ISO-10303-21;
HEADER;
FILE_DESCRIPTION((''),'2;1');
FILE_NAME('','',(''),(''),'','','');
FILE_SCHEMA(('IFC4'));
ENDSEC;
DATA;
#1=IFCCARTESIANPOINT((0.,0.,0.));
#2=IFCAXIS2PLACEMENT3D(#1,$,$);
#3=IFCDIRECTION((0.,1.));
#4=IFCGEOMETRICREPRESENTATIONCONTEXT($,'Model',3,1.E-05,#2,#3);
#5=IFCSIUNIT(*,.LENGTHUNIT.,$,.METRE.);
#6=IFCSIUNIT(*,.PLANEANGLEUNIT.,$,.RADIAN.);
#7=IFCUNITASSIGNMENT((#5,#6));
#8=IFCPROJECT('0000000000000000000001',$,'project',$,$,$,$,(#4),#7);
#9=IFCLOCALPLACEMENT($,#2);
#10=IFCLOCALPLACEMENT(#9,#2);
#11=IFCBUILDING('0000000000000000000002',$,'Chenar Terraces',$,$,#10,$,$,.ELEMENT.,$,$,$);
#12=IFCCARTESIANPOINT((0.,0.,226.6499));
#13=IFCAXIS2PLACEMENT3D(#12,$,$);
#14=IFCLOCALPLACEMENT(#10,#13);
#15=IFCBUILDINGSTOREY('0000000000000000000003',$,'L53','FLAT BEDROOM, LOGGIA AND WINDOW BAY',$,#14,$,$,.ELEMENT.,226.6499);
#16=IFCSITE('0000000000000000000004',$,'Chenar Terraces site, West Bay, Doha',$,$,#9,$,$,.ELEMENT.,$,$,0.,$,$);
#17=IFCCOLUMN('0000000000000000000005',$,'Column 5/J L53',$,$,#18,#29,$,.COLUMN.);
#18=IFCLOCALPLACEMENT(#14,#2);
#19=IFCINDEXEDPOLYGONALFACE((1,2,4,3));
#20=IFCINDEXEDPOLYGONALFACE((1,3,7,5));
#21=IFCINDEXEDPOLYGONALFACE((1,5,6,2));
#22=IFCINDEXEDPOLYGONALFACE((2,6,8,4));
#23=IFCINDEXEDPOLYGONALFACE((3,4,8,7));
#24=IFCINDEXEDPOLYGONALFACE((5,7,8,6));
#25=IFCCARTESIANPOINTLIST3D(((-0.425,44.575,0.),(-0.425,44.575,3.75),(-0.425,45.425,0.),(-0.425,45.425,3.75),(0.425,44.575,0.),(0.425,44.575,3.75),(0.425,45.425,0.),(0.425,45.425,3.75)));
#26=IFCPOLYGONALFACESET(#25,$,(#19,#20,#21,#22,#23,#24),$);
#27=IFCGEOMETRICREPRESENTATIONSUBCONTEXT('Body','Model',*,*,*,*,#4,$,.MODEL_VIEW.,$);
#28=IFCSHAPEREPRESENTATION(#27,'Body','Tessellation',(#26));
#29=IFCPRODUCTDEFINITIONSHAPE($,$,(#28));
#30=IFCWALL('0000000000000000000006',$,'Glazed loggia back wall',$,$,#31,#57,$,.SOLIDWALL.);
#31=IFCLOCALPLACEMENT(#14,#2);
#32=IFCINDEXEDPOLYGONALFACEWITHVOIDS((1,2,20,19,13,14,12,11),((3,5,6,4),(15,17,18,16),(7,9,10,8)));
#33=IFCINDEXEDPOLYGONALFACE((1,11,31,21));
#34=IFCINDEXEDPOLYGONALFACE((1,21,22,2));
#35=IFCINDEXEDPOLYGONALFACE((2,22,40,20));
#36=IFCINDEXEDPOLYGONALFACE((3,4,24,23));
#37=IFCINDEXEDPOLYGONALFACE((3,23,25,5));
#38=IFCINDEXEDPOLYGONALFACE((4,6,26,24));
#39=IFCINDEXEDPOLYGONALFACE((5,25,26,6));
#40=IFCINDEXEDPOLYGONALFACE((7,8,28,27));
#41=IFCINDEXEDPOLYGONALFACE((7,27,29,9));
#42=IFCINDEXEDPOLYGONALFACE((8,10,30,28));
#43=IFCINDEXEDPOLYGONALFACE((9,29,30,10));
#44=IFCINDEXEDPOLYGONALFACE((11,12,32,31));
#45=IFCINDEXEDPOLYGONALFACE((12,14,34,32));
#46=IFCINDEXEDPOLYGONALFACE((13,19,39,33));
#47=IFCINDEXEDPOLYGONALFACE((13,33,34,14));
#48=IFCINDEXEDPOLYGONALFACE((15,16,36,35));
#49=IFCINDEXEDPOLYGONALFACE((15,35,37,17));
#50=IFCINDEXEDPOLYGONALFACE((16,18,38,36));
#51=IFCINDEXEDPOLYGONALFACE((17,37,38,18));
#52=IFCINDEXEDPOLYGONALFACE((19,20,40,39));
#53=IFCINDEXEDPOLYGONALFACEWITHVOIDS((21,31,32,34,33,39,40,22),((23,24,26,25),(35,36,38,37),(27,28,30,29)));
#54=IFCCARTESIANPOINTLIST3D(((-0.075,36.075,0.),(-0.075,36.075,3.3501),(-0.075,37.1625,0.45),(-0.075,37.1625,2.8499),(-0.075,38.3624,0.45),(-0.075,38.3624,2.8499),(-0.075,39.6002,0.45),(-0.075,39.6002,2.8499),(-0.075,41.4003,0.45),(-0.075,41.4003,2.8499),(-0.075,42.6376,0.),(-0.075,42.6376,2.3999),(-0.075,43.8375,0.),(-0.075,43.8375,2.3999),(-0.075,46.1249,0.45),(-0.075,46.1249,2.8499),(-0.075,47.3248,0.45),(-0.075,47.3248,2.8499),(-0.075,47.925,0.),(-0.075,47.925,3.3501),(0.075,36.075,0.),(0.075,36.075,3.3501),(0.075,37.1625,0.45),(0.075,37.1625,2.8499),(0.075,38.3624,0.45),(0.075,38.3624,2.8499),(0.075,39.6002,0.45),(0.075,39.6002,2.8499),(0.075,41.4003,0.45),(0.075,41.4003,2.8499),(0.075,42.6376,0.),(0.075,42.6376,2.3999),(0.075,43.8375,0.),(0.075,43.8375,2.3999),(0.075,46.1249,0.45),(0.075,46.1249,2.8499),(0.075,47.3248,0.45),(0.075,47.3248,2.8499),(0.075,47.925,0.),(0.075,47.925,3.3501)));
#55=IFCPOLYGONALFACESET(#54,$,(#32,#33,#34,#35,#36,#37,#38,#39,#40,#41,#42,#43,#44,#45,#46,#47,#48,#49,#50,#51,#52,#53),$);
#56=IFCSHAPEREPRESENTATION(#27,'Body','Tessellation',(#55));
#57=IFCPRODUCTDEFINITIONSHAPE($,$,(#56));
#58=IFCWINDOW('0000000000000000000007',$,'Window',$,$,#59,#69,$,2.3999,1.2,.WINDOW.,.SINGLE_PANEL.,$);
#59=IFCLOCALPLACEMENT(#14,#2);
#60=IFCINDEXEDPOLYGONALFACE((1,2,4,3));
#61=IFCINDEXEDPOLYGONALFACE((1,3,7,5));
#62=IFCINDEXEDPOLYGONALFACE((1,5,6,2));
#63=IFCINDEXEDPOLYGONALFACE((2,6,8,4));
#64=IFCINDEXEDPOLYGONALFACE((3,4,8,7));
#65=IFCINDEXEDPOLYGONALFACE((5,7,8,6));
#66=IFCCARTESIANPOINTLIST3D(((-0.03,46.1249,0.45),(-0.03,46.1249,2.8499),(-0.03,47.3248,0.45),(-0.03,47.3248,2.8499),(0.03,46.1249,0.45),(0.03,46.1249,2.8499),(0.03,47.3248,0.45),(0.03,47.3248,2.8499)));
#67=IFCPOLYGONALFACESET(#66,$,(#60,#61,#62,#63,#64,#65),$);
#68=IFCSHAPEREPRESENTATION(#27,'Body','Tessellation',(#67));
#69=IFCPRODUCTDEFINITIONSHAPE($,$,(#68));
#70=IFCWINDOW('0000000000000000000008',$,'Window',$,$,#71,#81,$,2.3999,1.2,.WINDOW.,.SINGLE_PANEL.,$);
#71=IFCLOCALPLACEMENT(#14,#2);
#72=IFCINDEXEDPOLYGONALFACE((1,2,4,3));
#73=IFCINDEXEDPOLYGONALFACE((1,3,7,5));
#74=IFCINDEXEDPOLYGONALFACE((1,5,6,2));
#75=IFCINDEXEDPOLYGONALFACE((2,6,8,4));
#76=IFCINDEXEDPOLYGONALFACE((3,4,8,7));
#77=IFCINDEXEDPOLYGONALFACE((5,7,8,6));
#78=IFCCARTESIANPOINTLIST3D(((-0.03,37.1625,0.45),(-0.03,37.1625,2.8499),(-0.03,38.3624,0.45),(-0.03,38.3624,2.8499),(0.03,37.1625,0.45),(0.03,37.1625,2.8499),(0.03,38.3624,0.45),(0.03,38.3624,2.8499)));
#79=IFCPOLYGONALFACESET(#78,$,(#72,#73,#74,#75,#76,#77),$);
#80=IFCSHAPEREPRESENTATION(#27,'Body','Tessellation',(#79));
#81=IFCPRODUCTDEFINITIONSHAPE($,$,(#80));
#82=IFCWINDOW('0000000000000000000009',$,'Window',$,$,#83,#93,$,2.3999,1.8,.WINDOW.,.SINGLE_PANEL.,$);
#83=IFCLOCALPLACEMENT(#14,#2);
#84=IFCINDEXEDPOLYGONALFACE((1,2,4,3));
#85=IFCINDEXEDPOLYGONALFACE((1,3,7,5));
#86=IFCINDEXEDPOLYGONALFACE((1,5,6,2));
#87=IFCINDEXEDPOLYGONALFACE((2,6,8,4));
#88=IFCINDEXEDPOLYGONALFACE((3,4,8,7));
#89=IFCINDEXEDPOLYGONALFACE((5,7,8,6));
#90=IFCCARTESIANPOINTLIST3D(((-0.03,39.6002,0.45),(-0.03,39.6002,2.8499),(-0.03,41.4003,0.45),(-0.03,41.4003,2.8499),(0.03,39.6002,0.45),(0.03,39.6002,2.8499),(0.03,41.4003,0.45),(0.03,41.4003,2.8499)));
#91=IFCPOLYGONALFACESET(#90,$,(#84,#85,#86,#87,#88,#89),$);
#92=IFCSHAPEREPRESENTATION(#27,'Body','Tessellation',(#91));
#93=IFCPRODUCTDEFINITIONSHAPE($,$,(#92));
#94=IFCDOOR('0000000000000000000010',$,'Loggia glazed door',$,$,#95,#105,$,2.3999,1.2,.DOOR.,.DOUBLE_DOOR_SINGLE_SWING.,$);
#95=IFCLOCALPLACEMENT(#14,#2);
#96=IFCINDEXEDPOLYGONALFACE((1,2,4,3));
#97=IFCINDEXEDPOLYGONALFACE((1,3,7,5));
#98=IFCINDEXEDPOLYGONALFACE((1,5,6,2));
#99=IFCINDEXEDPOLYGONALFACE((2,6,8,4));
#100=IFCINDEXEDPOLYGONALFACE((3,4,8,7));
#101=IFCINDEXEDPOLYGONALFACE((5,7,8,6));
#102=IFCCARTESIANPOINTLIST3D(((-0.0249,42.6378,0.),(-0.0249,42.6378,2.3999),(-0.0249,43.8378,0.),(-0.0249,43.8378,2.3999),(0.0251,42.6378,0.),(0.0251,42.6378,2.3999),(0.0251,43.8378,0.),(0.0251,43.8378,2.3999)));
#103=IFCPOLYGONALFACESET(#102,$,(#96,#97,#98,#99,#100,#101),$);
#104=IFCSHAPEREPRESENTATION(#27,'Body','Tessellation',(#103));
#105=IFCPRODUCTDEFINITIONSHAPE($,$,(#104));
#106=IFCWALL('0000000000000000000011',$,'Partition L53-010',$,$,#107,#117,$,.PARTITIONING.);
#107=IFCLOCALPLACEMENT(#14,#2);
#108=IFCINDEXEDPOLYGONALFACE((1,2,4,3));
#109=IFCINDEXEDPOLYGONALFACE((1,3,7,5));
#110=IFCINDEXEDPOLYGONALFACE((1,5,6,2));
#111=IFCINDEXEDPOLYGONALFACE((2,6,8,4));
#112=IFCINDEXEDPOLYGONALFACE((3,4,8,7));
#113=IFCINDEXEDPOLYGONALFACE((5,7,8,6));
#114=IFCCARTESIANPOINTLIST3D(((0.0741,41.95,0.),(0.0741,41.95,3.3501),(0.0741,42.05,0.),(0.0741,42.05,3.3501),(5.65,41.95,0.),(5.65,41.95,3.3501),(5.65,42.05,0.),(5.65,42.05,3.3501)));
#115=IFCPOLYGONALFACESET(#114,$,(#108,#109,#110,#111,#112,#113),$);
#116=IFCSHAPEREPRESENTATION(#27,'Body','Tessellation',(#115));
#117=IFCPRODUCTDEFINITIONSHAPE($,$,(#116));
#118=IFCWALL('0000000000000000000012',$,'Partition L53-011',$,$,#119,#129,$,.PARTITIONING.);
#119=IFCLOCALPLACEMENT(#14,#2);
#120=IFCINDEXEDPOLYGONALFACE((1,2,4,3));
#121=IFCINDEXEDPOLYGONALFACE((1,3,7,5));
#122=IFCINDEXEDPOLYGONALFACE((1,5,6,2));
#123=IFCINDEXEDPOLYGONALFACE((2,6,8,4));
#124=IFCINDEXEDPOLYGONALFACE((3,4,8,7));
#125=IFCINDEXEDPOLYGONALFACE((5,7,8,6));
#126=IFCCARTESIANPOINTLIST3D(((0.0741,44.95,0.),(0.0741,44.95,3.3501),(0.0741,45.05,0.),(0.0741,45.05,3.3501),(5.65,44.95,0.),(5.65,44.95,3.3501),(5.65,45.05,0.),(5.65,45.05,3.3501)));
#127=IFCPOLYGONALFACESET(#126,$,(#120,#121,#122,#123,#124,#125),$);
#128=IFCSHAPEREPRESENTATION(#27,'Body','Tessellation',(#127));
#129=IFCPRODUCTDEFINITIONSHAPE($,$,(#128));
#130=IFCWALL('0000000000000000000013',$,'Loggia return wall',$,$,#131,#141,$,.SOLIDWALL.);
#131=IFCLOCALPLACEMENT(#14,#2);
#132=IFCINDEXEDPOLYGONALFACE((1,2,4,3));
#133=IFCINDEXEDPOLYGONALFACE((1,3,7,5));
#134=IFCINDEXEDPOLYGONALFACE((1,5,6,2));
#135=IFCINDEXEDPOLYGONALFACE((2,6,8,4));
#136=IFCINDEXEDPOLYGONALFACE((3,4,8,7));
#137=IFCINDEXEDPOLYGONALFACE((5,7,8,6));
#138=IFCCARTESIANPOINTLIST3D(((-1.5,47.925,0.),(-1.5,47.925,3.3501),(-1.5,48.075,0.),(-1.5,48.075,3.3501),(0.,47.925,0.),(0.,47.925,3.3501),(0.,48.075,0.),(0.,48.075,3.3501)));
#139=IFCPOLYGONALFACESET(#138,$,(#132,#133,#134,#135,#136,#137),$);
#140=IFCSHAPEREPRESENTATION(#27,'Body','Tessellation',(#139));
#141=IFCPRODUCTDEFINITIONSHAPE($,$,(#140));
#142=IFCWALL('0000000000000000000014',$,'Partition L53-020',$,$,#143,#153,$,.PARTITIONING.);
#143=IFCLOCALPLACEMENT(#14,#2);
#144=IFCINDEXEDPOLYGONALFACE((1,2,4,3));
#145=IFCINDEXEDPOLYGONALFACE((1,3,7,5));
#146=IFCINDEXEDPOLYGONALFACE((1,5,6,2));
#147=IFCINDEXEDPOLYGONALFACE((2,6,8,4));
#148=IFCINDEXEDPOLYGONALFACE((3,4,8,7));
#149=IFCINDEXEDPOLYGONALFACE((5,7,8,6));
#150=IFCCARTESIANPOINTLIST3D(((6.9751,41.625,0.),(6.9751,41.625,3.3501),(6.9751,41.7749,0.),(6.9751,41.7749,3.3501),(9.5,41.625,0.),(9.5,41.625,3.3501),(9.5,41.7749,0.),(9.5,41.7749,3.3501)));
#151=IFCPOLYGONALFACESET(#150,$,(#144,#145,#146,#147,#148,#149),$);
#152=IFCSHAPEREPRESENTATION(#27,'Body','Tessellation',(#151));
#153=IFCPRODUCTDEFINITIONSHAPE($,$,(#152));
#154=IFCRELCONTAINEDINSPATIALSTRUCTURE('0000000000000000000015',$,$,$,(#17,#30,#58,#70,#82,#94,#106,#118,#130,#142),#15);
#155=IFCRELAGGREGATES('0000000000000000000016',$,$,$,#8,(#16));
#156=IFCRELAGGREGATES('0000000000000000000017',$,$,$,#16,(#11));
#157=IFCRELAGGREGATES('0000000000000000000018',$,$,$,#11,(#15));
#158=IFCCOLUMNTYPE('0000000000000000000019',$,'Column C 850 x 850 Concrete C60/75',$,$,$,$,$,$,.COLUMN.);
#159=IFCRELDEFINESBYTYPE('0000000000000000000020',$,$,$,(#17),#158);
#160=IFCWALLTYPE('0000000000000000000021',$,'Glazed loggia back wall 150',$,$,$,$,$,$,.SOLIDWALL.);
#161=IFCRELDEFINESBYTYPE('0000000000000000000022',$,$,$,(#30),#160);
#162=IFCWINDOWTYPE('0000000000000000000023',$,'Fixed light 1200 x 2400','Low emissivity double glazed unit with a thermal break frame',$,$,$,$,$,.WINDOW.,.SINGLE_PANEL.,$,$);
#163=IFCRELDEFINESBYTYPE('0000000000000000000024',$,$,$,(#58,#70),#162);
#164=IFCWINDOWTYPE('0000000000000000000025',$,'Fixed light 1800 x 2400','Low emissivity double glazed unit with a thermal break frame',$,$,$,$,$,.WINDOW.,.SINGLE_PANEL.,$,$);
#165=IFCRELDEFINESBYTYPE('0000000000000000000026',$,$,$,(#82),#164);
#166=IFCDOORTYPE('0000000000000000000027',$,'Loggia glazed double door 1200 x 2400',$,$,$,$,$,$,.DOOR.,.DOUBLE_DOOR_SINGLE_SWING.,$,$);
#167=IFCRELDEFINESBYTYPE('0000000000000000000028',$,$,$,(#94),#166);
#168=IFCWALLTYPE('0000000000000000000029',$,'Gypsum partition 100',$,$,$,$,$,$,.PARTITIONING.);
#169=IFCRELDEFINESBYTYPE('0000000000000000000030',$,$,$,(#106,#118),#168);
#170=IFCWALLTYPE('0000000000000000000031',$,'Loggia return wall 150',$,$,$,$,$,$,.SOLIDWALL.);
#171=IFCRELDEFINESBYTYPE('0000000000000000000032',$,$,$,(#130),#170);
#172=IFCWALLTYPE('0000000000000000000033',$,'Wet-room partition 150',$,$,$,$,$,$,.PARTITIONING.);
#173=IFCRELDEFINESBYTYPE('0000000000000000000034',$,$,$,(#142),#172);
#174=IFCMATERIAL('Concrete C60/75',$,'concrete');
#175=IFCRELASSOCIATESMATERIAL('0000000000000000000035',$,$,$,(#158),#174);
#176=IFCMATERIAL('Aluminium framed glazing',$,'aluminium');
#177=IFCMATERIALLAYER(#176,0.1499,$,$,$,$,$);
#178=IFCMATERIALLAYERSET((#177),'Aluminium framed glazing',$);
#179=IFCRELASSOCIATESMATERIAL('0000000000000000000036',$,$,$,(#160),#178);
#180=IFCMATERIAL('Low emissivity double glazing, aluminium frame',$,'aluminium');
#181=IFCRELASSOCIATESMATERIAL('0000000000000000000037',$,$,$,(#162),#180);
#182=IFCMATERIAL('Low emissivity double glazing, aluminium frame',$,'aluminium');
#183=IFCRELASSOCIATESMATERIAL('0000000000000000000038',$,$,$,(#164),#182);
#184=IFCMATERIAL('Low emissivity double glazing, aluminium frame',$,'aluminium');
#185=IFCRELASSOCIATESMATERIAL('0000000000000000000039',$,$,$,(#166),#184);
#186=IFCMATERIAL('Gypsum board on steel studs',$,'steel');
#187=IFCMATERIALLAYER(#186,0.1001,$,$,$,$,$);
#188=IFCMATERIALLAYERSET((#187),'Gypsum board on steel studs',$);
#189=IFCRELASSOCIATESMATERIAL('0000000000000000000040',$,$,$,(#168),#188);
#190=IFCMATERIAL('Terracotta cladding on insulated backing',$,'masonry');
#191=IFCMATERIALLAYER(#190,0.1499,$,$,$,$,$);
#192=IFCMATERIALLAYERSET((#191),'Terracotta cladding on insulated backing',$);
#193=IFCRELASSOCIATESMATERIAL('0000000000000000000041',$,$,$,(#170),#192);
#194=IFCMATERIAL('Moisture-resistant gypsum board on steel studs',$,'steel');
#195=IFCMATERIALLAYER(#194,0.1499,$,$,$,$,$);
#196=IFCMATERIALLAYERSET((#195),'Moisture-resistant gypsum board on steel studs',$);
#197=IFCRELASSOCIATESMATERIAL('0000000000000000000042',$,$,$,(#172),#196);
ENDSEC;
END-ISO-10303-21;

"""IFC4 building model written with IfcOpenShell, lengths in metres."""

from ifc_helpers import new_model, si_unit, direction, frame, frame_2d, origin, origin_2d, place, context, subcontext, project, spatial, rectangle, extrude, material, layer, layer_set, material_profile, profile_set, type_object, element, fill, save


model = new_model("IFC4")

# Units and contexts
model_context = context("Model", 3, precision=1e-05, world=origin(), true_north=direction((0.0, 1.0)))
body_context = subcontext(model_context, "Body", "Model", "MODEL_VIEW")
ifc_project = project(units=[si_unit("LENGTHUNIT", "METRE"), si_unit("PLANEANGLEUNIT", "RADIAN")], contexts=[model_context])

# Site, building, storey
site_placement = place(None, origin())
site = spatial("IfcSite", under=ifc_project, at=site_placement, Name="Chenar Terraces site, West Bay, Doha", CompositionType="ELEMENT", RefElevation=0.0)
building_placement = place(site_placement, origin())
building = spatial("IfcBuilding", under=site, at=building_placement, Name="Chenar Terraces", CompositionType="ELEMENT")
storey_placement = place(building_placement, frame((0.0, 0.0, 226.6499)))
storey = spatial("IfcBuildingStorey", under=building, at=storey_placement, Name="L53", Description="FLAT BEDROOM, LOGGIA AND WINDOW BAY", CompositionType="ELEMENT", Elevation=226.6499)

# Column
ifc_material_1 = material(Name="Concrete C60/75", Category="concrete")
ifc_material_profile_1 = material_profile(ifc_material_1, rectangle(XDim=0.8501, YDim=0.8501, at=origin_2d()), Name="C 850 x 850")
ifc_profile_set_1 = profile_set([ifc_material_profile_1], Name="Concrete C60/75")
column_type = type_object("IfcColumnType", Name="Column C 850 x 850 Concrete C60/75", PredefinedType="COLUMN", material=ifc_profile_set_1)
column_placement = place(storey_placement, frame((0.0, 45.0, 0.0), z_axis=(0.0, 0.0, 1.0), x_axis=(1.0, 0.0, 0.0)))
element("IfcColumn", 1, at=column_placement, inside=storey, type_object=column_type, Name="Column 5/J L53", PredefinedType="COLUMN", context=body_context, shape_type="SweptSolid", body=[
    extrude(rectangle(XDim=0.8501, YDim=0.8501, at=origin_2d()), origin(), (0.0, 0.0, 1.0), 3.75),
])

# Wall, openings, windows, door
ifc_material_2 = material(Name="Aluminium framed glazing", Category="aluminium")
ifc_layer_1 = layer(ifc_material_2, 0.1499)
ifc_layer_set_1 = layer_set([ifc_layer_1], Name="Aluminium framed glazing")
wall_type_1 = type_object("IfcWallType", Name="Glazed loggia back wall 150", PredefinedType="SOLIDWALL", material=ifc_layer_set_1)
wall_1_placement = place(storey_placement, frame((0.0, 47.925, 0.0), z_axis=(0.0, 0.0, 1.0), x_axis=(0.0, -1.0, 0.0)))
wall_1 = element("IfcWall", 2, at=wall_1_placement, inside=storey, type_object=wall_type_1, Name="Glazed loggia back wall", PredefinedType="SOLIDWALL", context=body_context, shape_type="SweptSolid", body=[
    extrude(rectangle(XDim=11.8501, YDim=0.1499, at=frame_2d((5.925, 0.0))), origin(), (0.0, 0.0, 1.0), 3.3501),
])
opening_1_placement = place(wall_1_placement, frame((0.6001, 0.0, 0.45)))
opening_1 = element("IfcOpeningElement", 3, at=opening_1_placement, cuts=wall_1, PredefinedType="OPENING", context=body_context, shape_type="SweptSolid", body=[
    extrude(rectangle(XDim=1.2, YDim=2.3999, at=frame_2d((0.6001, 1.2))), frame((0.0, 0.085, 0.0), z_axis=(0.0, -1.0, 0.0), x_axis=(1.0, 0.0, 0.0)), (0.0, 0.0, 1.0), 0.1699),
])
opening_2_placement = place(wall_1_placement, frame((4.0874, 0.0, 0.0)))
opening_2 = element("IfcOpeningElement", 4, at=opening_2_placement, cuts=wall_1, PredefinedType="OPENING", context=body_context, shape_type="SweptSolid", body=[
    extrude(rectangle(XDim=1.2, YDim=2.3999, at=frame_2d((0.6001, 1.2))), frame((0.0, 0.085, 0.0), z_axis=(0.0, -1.0, 0.0), x_axis=(1.0, 0.0, 0.0)), (0.0, 0.0, 1.0), 0.1699),
])
opening_3_placement = place(wall_1_placement, frame((6.5249, 0.0, 0.45)))
opening_3 = element("IfcOpeningElement", 5, at=opening_3_placement, cuts=wall_1, PredefinedType="OPENING", context=body_context, shape_type="SweptSolid", body=[
    extrude(rectangle(XDim=1.8, YDim=2.3999, at=frame_2d((0.8999, 1.2))), frame((0.0, 0.085, 0.0), z_axis=(0.0, -1.0, 0.0), x_axis=(1.0, 0.0, 0.0)), (0.0, 0.0, 1.0), 0.1699),
])
opening_4_placement = place(wall_1_placement, frame((9.5625, 0.0, 0.45)))
opening_4 = element("IfcOpeningElement", 6, at=opening_4_placement, cuts=wall_1, PredefinedType="OPENING", context=body_context, shape_type="SweptSolid", body=[
    extrude(rectangle(XDim=1.2, YDim=2.3999, at=frame_2d((0.6001, 1.2))), frame((0.0, 0.085, 0.0), z_axis=(0.0, -1.0, 0.0), x_axis=(1.0, 0.0, 0.0)), (0.0, 0.0, 1.0), 0.1699),
])
ifc_material_3 = material(Name="Low emissivity double glazing, aluminium frame", Category="aluminium")
window_type_1 = type_object("IfcWindowType", Name="Fixed light 1200 x 2400", Description="Low emissivity double glazed unit with a thermal break frame", PartitioningType="SINGLE_PANEL", PredefinedType="WINDOW", material=ifc_material_3)
window_1_placement = place(opening_1_placement, origin())
window_1 = element("IfcWindow", 7, at=window_1_placement, inside=storey, type_object=window_type_1, Name="Window", OverallHeight=2.3999, OverallWidth=1.2, PartitioningType="SINGLE_PANEL", PredefinedType="WINDOW", context=body_context, shape_type="SweptSolid", body=[
    extrude(rectangle(XDim=1.2, YDim=2.3999, at=frame_2d((0.6001, 1.2))), frame((0.0, 0.03, 0.0), z_axis=(0.0, -1.0, 0.0), x_axis=(1.0, 0.0, 0.0)), (0.0, 0.0, 1.0), 0.0601),
])
fill(opening_1, window_1)
window_2_placement = place(opening_4_placement, origin())
window_2 = element("IfcWindow", 8, at=window_2_placement, inside=storey, type_object=window_type_1, Name="Window", OverallHeight=2.3999, OverallWidth=1.2, PartitioningType="SINGLE_PANEL", PredefinedType="WINDOW", context=body_context, shape_type="SweptSolid", body=[
    extrude(rectangle(XDim=1.2, YDim=2.3999, at=frame_2d((0.6001, 1.2))), frame((0.0, 0.03, 0.0), z_axis=(0.0, -1.0, 0.0), x_axis=(1.0, 0.0, 0.0)), (0.0, 0.0, 1.0), 0.0601),
])
fill(opening_4, window_2)
ifc_material_4 = material(Name="Low emissivity double glazing, aluminium frame", Category="aluminium")
window_type_2 = type_object("IfcWindowType", Name="Fixed light 1800 x 2400", Description="Low emissivity double glazed unit with a thermal break frame", PartitioningType="SINGLE_PANEL", PredefinedType="WINDOW", material=ifc_material_4)
window_3_placement = place(opening_3_placement, origin())
window_3 = element("IfcWindow", 9, at=window_3_placement, inside=storey, type_object=window_type_2, Name="Window", OverallHeight=2.3999, OverallWidth=1.8, PartitioningType="SINGLE_PANEL", PredefinedType="WINDOW", context=body_context, shape_type="SweptSolid", body=[
    extrude(rectangle(XDim=1.8, YDim=2.3999, at=frame_2d((0.8999, 1.2))), frame((0.0, 0.03, 0.0), z_axis=(0.0, -1.0, 0.0), x_axis=(1.0, 0.0, 0.0)), (0.0, 0.0, 1.0), 0.0601),
])
fill(opening_3, window_3)
ifc_material_5 = material(Name="Low emissivity double glazing, aluminium frame", Category="aluminium")
door_type = type_object("IfcDoorType", Name="Loggia glazed double door 1200 x 2400", OperationType="DOUBLE_DOOR_SINGLE_SWING", PredefinedType="DOOR", material=ifc_material_5)
door_placement = place(opening_2_placement, frame((1.2, 0.0, 0.0), z_axis=(0.0, 0.0, 1.0), x_axis=(-1.0, 0.0, 0.0)))
door = element("IfcDoor", 10, at=door_placement, inside=storey, type_object=door_type, Name="Loggia glazed door", OperationType="DOUBLE_DOOR_SINGLE_SWING", OverallHeight=2.3999, OverallWidth=1.2, PredefinedType="DOOR", context=body_context, shape_type="SweptSolid", body=[
    extrude(rectangle(XDim=1.2, YDim=2.3999, at=frame_2d((0.6001, 1.2))), frame((0.0, 0.0249, 0.0), z_axis=(0.0, -1.0, 0.0), x_axis=(1.0, 0.0, 0.0)), (0.0, 0.0, 1.0), 0.05),
])
fill(opening_2, door)

# Walls
ifc_material_6 = material(Name="Gypsum board on steel studs", Category="steel")
ifc_layer_2 = layer(ifc_material_6, 0.1001)
ifc_layer_set_2 = layer_set([ifc_layer_2], Name="Gypsum board on steel studs")
wall_type_2 = type_object("IfcWallType", Name="Gypsum partition 100", PredefinedType="PARTITIONING", material=ifc_layer_set_2)
for number, where, z_axis, x_axis, name in (
    (11, (0.074, 42.0, 0.0), (0.0, 0.0, 1.0), (1.0, 0.0, 0.0), "Partition L53-010"),
    (12, (0.074, 45.0, 0.0), (0.0, 0.0, 1.0), (1.0, 0.0, 0.0), "Partition L53-011"),
):
    element("IfcWall", number, at=place(storey_placement, frame(where, z_axis=z_axis, x_axis=x_axis)), inside=storey, type_object=wall_type_2, Name=name, PredefinedType="PARTITIONING", context=body_context, shape_type="SweptSolid", body=[
        extrude(rectangle(XDim=5.5759, YDim=0.1001, at=frame_2d((2.7881, 0.0))), origin(), (0.0, 0.0, 1.0), 3.3501),
    ])
ifc_material_7 = material(Name="Terracotta cladding on insulated backing", Category="masonry")
ifc_layer_3 = layer(ifc_material_7, 0.1499)
ifc_layer_set_3 = layer_set([ifc_layer_3], Name="Terracotta cladding on insulated backing")
wall_type_3 = type_object("IfcWallType", Name="Loggia return wall 150", PredefinedType="SOLIDWALL", material=ifc_layer_set_3)
wall_2_placement = place(storey_placement, frame((-1.5, 48.0, 0.0), z_axis=(0.0, 0.0, 1.0), x_axis=(1.0, 0.0, 0.0)))
element("IfcWall", 13, at=wall_2_placement, inside=storey, type_object=wall_type_3, Name="Loggia return wall", PredefinedType="SOLIDWALL", context=body_context, shape_type="SweptSolid", body=[
    extrude(rectangle(XDim=1.5, YDim=0.1499, at=frame_2d((0.75, 0.0))), origin(), (0.0, 0.0, 1.0), 3.3501),
])
ifc_material_8 = material(Name="Moisture-resistant gypsum board on steel studs", Category="steel")
ifc_layer_4 = layer(ifc_material_8, 0.1499)
ifc_layer_set_4 = layer_set([ifc_layer_4], Name="Moisture-resistant gypsum board on steel studs")
wall_type_4 = type_object("IfcWallType", Name="Wet-room partition 150", PredefinedType="PARTITIONING", material=ifc_layer_set_4)
wall_3_placement = place(storey_placement, frame((6.9751, 41.7, 0.0), z_axis=(0.0, 0.0, 1.0), x_axis=(1.0, 0.0, 0.0)))
element("IfcWall", 14, at=wall_3_placement, inside=storey, type_object=wall_type_4, Name="Partition L53-020", PredefinedType="PARTITIONING", context=body_context, shape_type="SweptSolid", body=[
    extrude(rectangle(XDim=2.5249, YDim=0.1499, at=frame_2d((1.2625, 0.0))), origin(), (0.0, 0.0, 1.0), 3.3501),
])

save(model, "model.ifc")
